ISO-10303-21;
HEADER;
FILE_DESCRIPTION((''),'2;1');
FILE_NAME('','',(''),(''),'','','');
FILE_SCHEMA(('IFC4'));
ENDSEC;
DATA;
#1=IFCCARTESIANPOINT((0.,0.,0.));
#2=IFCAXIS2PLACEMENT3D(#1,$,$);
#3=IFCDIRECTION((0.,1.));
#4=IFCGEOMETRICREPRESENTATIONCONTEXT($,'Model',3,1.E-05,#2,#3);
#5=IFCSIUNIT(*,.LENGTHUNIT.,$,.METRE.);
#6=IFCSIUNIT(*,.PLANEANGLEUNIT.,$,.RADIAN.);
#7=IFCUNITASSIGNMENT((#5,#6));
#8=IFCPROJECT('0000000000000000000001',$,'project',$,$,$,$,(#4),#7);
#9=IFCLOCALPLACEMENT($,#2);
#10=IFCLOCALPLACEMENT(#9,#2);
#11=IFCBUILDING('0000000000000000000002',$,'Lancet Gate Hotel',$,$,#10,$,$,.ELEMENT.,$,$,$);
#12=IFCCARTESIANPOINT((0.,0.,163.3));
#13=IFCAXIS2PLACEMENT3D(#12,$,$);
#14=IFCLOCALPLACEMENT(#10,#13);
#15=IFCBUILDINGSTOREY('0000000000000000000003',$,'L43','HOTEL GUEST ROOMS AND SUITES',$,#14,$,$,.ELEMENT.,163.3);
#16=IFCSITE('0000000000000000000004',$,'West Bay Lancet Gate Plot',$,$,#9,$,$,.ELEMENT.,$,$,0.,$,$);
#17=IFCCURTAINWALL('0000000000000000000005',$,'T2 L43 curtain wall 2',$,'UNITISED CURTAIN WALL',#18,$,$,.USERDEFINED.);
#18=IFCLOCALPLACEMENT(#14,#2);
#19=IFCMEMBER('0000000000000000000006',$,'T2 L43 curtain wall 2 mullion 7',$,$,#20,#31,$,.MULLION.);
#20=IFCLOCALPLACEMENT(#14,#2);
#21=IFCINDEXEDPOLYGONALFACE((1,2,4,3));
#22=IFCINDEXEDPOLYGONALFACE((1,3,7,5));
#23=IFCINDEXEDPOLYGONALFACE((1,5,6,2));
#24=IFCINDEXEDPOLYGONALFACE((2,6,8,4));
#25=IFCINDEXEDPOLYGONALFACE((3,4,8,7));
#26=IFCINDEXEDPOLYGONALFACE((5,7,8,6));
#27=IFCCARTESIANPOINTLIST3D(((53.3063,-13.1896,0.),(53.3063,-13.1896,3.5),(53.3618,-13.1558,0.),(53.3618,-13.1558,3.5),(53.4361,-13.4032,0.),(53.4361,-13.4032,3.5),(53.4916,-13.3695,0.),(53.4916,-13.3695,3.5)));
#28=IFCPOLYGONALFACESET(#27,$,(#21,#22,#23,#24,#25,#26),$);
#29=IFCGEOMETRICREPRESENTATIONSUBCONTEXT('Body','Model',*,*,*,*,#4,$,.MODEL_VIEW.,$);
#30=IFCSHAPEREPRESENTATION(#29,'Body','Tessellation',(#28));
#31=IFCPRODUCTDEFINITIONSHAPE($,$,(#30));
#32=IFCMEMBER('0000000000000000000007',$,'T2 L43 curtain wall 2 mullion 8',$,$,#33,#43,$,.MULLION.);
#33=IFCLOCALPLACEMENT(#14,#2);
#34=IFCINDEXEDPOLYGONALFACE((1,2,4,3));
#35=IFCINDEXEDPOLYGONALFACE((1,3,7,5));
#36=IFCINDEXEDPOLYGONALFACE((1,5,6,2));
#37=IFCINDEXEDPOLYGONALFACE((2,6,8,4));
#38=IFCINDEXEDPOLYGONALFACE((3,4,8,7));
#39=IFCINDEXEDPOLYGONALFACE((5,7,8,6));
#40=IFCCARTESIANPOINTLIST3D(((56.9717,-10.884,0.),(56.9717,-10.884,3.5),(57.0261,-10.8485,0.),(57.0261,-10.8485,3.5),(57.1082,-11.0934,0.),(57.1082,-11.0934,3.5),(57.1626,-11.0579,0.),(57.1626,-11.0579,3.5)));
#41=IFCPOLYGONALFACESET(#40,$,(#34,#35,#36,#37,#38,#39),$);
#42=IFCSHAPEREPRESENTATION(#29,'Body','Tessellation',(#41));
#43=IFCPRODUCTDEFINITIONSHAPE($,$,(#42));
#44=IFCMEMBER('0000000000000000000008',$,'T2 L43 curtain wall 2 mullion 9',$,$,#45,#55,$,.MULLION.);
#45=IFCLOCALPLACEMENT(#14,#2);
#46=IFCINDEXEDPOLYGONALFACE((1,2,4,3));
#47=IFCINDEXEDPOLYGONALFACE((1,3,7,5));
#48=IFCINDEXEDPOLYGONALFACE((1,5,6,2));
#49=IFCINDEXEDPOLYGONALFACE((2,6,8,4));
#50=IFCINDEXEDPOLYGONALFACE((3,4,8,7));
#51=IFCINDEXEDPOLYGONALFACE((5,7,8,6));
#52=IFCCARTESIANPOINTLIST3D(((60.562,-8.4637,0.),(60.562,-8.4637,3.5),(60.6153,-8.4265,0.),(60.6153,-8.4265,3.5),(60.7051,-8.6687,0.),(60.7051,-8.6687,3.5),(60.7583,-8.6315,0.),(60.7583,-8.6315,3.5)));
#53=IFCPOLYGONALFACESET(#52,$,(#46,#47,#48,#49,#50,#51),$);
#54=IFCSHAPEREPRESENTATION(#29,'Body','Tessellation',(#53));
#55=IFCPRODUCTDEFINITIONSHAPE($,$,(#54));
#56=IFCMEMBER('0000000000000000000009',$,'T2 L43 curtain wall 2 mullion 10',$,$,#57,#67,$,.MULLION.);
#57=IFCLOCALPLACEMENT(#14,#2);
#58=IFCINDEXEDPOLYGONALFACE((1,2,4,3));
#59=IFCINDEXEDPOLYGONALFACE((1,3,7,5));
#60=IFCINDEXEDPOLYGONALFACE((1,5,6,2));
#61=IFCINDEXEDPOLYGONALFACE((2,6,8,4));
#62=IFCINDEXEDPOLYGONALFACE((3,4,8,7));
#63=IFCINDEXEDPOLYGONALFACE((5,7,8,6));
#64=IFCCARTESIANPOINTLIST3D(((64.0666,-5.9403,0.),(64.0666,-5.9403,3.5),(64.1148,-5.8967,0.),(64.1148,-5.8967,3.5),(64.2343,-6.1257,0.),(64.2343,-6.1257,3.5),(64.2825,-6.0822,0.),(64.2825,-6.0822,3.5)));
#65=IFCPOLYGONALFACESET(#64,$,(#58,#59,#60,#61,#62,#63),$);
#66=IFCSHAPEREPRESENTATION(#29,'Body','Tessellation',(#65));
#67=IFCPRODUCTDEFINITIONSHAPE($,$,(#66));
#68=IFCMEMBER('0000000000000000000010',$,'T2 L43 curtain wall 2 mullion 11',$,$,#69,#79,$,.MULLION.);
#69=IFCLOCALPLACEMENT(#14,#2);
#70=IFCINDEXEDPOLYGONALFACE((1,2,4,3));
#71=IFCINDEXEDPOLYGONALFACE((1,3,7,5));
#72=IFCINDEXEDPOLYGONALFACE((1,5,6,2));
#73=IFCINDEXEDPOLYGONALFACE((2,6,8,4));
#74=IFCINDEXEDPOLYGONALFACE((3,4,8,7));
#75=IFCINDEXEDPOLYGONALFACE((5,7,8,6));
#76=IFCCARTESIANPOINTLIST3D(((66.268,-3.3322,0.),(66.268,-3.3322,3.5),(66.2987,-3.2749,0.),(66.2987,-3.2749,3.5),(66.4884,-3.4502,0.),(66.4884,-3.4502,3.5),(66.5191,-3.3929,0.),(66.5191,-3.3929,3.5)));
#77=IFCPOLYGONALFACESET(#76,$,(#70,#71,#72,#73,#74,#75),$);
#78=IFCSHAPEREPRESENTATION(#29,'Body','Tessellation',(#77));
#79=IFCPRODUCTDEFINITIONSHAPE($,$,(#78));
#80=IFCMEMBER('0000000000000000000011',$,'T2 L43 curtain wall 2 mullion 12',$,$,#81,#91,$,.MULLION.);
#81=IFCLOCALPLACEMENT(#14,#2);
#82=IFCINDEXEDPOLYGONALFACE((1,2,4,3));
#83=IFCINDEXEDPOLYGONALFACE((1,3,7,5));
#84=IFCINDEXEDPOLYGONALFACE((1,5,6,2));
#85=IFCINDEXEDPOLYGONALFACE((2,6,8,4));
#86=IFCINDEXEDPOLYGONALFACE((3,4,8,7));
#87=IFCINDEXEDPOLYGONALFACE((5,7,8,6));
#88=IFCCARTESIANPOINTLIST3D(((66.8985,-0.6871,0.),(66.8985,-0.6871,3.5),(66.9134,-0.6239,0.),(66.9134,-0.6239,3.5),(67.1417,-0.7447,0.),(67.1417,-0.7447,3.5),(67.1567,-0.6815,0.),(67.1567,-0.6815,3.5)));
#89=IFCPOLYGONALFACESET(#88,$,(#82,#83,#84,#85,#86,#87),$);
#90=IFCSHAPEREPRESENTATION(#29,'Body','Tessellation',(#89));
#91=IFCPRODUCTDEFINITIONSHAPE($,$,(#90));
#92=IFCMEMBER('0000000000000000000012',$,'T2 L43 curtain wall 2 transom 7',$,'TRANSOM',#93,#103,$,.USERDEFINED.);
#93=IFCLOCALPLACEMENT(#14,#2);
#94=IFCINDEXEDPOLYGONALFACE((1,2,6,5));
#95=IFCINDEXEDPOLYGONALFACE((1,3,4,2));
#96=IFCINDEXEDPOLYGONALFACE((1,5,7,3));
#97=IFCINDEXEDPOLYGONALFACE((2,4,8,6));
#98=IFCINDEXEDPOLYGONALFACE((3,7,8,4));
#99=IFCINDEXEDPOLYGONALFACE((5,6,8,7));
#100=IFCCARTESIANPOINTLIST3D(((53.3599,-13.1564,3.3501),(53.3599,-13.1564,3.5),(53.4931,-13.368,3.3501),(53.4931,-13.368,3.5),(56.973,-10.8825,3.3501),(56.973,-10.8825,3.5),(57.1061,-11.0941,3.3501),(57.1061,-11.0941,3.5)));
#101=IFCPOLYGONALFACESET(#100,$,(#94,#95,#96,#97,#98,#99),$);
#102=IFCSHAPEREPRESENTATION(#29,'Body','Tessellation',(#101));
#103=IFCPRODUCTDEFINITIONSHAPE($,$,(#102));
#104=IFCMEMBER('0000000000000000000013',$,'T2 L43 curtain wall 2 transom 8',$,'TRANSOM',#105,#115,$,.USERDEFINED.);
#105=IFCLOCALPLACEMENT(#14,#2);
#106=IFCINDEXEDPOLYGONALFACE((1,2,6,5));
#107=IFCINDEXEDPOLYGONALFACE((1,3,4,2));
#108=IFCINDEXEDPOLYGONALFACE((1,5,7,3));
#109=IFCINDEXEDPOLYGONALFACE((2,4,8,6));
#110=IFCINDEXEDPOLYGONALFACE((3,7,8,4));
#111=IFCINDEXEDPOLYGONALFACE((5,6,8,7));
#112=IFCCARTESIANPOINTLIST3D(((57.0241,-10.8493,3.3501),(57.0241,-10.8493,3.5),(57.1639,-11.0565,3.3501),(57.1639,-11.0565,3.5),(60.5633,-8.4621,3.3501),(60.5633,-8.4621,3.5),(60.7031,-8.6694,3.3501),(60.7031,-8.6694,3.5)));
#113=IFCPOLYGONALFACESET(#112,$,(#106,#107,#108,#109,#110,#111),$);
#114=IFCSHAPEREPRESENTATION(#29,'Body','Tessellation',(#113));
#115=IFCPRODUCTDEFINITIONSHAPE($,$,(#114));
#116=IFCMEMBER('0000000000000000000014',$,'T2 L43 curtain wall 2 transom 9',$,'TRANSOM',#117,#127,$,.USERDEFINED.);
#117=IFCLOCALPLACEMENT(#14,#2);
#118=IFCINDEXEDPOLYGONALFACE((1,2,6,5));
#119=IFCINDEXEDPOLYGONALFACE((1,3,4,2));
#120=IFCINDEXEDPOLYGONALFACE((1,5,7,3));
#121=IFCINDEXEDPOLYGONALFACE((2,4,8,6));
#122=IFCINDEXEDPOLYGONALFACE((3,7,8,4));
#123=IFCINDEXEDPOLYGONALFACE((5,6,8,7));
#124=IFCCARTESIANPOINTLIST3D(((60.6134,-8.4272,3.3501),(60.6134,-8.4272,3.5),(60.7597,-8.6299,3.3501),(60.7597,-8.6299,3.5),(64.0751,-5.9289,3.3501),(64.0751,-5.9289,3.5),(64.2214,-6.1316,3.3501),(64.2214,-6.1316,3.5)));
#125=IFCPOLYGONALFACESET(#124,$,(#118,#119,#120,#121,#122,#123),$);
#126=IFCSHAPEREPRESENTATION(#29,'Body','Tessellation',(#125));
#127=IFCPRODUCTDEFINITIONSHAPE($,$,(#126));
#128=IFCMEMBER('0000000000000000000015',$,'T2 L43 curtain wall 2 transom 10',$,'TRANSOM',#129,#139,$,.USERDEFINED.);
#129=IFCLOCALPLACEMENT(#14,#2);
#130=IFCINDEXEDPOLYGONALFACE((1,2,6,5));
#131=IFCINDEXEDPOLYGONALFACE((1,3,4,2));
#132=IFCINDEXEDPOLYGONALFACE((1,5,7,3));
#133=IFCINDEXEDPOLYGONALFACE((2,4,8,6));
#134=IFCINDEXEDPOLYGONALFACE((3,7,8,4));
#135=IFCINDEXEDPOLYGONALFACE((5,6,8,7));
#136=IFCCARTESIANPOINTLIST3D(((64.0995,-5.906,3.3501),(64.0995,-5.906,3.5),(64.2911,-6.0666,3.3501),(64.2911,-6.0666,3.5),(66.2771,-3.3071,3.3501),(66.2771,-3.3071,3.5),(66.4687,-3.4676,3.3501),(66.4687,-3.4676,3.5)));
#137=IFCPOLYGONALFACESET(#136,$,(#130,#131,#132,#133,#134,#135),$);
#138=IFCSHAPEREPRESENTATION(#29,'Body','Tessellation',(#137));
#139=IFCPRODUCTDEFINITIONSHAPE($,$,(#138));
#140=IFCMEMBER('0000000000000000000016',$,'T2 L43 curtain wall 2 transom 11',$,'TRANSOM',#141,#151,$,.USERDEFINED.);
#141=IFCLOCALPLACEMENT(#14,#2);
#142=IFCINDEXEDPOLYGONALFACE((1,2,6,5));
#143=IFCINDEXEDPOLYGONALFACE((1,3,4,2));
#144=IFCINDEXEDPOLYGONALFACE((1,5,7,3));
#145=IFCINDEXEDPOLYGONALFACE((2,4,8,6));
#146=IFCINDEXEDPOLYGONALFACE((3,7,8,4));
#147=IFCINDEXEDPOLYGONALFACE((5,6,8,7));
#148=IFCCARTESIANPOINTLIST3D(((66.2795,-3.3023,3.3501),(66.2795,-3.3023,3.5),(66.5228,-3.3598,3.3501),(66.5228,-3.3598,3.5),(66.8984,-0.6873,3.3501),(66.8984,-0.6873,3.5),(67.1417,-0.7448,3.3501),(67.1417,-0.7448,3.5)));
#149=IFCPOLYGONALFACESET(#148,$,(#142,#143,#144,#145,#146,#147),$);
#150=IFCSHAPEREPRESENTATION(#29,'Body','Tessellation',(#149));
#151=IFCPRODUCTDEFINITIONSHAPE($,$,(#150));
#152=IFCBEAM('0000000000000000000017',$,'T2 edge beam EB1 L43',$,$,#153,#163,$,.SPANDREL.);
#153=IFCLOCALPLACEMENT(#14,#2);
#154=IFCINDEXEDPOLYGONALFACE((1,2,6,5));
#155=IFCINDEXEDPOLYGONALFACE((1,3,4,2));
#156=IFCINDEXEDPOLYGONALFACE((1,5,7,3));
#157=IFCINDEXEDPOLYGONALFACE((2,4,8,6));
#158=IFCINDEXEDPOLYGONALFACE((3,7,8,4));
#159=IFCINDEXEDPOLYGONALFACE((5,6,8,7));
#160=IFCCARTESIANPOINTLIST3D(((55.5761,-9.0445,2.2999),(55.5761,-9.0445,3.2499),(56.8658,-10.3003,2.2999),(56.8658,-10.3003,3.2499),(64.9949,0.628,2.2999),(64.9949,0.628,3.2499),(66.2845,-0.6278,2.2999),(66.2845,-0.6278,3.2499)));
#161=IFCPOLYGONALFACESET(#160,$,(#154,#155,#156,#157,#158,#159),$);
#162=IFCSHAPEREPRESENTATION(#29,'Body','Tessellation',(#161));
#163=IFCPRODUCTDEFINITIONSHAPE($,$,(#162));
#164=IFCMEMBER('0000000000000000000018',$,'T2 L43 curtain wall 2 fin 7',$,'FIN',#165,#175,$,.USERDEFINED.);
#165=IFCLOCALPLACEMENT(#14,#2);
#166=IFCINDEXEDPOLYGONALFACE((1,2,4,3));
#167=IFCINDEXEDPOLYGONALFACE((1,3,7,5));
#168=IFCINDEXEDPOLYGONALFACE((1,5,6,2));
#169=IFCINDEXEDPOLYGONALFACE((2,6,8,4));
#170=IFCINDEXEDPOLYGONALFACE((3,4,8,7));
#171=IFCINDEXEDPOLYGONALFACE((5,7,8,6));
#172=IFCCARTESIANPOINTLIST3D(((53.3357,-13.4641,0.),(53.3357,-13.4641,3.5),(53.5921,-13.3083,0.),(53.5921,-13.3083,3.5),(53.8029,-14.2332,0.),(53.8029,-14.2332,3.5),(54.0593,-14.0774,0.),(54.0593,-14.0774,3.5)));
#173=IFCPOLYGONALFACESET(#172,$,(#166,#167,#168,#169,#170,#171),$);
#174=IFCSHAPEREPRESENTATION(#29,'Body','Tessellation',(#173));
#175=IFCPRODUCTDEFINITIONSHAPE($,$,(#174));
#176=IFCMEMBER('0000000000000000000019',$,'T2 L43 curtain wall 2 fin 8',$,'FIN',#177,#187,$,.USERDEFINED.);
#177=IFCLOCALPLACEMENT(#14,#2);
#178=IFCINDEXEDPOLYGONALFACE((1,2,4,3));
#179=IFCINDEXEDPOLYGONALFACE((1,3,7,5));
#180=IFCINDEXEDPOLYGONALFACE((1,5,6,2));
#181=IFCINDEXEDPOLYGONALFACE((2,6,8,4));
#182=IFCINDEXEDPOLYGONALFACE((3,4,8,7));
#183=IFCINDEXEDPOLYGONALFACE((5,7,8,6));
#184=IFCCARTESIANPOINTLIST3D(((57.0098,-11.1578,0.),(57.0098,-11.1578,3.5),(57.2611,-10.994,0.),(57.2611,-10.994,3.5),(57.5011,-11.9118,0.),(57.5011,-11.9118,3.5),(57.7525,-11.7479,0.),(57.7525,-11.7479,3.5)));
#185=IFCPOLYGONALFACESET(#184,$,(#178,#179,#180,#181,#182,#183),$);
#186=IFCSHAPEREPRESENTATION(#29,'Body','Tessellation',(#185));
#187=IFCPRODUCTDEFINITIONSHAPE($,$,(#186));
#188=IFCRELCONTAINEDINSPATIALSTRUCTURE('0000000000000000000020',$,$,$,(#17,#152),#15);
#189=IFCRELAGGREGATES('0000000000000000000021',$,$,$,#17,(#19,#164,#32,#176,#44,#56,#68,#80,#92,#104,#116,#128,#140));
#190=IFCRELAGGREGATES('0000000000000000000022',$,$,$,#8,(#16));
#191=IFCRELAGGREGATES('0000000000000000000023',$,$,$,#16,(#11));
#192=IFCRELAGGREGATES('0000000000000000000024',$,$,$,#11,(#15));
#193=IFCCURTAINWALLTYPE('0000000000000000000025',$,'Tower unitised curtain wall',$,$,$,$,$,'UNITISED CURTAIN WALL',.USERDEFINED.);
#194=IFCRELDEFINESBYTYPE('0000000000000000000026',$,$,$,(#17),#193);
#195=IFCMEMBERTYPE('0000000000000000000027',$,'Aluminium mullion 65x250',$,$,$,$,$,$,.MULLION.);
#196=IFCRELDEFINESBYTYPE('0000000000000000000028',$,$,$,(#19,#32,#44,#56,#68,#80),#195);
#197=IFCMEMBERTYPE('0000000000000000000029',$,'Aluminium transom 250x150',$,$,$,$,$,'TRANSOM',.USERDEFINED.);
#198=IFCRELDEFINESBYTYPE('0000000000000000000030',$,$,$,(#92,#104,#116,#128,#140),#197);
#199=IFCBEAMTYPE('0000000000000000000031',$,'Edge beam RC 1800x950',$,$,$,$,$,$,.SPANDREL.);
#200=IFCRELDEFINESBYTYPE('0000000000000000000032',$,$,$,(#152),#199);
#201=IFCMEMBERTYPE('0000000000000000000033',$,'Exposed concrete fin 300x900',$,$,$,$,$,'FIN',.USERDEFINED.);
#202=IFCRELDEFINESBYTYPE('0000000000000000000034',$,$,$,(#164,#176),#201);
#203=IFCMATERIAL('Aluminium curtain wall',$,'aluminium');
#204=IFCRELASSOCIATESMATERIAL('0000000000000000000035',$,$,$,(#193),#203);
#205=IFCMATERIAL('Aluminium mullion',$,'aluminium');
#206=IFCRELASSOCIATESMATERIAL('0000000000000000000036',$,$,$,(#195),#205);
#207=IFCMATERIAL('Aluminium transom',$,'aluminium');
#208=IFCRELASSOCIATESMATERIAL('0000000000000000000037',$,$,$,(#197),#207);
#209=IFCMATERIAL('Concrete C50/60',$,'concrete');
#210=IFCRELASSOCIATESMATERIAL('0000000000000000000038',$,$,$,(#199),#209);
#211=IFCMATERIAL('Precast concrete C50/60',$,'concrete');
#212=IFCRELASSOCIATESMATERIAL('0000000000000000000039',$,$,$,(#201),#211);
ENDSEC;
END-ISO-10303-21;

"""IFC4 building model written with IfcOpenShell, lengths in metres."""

from ifc_helpers import new_model, si_unit, direction, frame, origin, origin_2d, place, context, subcontext, project, spatial, rectangle, extrude, material, material_profile, profile_set, type_object, element, aggregate, save


model = new_model("IFC4")

# Units and contexts
model_context = context("Model", 3, precision=1e-05, world=origin(), true_north=direction((0.0, 1.0)))
body_context = subcontext(model_context, "Body", "Model", "MODEL_VIEW")
ifc_project = project(units=[si_unit("LENGTHUNIT", "METRE"), si_unit("PLANEANGLEUNIT", "RADIAN")], contexts=[model_context])

# Site, building, storey
site_placement = place(None, origin())
site = spatial("IfcSite", under=ifc_project, at=site_placement, Name="West Bay Lancet Gate Plot", CompositionType="ELEMENT", RefElevation=0.0)
building_placement = place(site_placement, origin())
building = spatial("IfcBuilding", under=site, at=building_placement, Name="Lancet Gate Hotel", CompositionType="ELEMENT")
storey_placement = place(building_placement, frame((0.0, 0.0, 163.3)))
storey = spatial("IfcBuildingStorey", under=building, at=storey_placement, Name="L43", Description="HOTEL GUEST ROOMS AND SUITES", CompositionType="ELEMENT", Elevation=163.3)

# Curtain wall, members
ifc_material_1 = material(Name="Aluminium curtain wall", Category="aluminium")
curtain_wall_type = type_object("IfcCurtainWallType", Name="Tower unitised curtain wall", ElementType="UNITISED CURTAIN WALL", PredefinedType="USERDEFINED", material=ifc_material_1)
curtain_wall_placement = place(storey_placement, origin())
curtain_wall = element("IfcCurtainWall", 1, at=curtain_wall_placement, inside=storey, type_object=curtain_wall_type, Name="T2 L43 curtain wall 2", ObjectType="UNITISED CURTAIN WALL", PredefinedType="USERDEFINED")
ifc_material_2 = material(Name="Aluminium mullion", Category="aluminium")
ifc_material_profile_1 = material_profile(ifc_material_2, rectangle(XDim=0.0649, YDim=0.25, at=origin_2d()), Name="MULLION 65x250")
ifc_profile_set_1 = profile_set([ifc_material_profile_1], Name="Aluminium mullion")
member_type_1 = type_object("IfcMemberType", Name="Aluminium mullion 65x250", PredefinedType="MULLION", material=ifc_profile_set_1)
member_1_placement = place(storey_placement, frame((53.3989, -13.2795, 0.0), z_axis=(0.0, 0.0, 1.0), x_axis=(0.854691, 0.519137, 0.0)))
member_1 = element("IfcMember", 2, at=member_1_placement, type_object=member_type_1, Name="T2 L43 curtain wall 2 mullion 7", PredefinedType="MULLION", context=body_context, shape_type="SweptSolid", body=[
    extrude(rectangle(XDim=0.0649, YDim=0.25, at=origin_2d()), origin(), (0.0, 0.0, 1.0), 3.5),
])
member_2_placement = place(storey_placement, frame((57.0671, -10.9709, 0.0), z_axis=(0.0, 0.0, 1.0), x_axis=(0.837801, 0.545976, 0.0)))
member_2 = element("IfcMember", 3, at=member_2_placement, type_object=member_type_1, Name="T2 L43 curtain wall 2 mullion 8", PredefinedType="MULLION", context=body_context, shape_type="SweptSolid", body=[
    extrude(rectangle(XDim=0.0649, YDim=0.25, at=origin_2d()), origin(), (0.0, 0.0, 1.0), 3.5),
])
member_3_placement = place(storey_placement, frame((60.6602, -8.5476, 0.0), z_axis=(0.0, 0.0, 1.0), x_axis=(0.820068, 0.572266, 0.0)))
member_3 = element("IfcMember", 4, at=member_3_placement, type_object=member_type_1, Name="T2 L43 curtain wall 2 mullion 9", PredefinedType="MULLION", context=body_context, shape_type="SweptSolid", body=[
    extrude(rectangle(XDim=0.0649, YDim=0.25, at=origin_2d()), origin(), (0.0, 0.0, 1.0), 3.5),
])
member_4_placement = place(storey_placement, frame((64.1746, -6.0112, 0.0), z_axis=(0.0, 0.0, 1.0), x_axis=(0.741693, 0.670739, 0.0)))
member_4 = element("IfcMember", 5, at=member_4_placement, type_object=member_type_1, Name="T2 L43 curtain wall 2 mullion 10", PredefinedType="MULLION", context=body_context, shape_type="SweptSolid", body=[
    extrude(rectangle(XDim=0.0649, YDim=0.25, at=origin_2d()), origin(), (0.0, 0.0, 1.0), 3.5),
])
member_5_placement = place(storey_placement, frame((66.3936, -3.3625, 0.0), z_axis=(0.0, 0.0, 1.0), x_axis=(0.472146, 0.88152, 0.0)))
member_5 = element("IfcMember", 6, at=member_5_placement, type_object=member_type_1, Name="T2 L43 curtain wall 2 mullion 11", PredefinedType="MULLION", context=body_context, shape_type="SweptSolid", body=[
    extrude(rectangle(XDim=0.0649, YDim=0.25, at=origin_2d()), origin(), (0.0, 0.0, 1.0), 3.5),
])
member_6_placement = place(storey_placement, frame((67.0276, -0.6843, 0.0), z_axis=(0.0, 0.0, 1.0), x_axis=(0.230367, 0.973104, 0.0)))
member_6 = element("IfcMember", 7, at=member_6_placement, type_object=member_type_1, Name="T2 L43 curtain wall 2 mullion 12", PredefinedType="MULLION", context=body_context, shape_type="SweptSolid", body=[
    extrude(rectangle(XDim=0.0649, YDim=0.25, at=origin_2d()), origin(), (0.0, 0.0, 1.0), 3.5),
])
ifc_material_3 = material(Name="Aluminium transom", Category="aluminium")
ifc_material_profile_2 = material_profile(ifc_material_3, rectangle(XDim=0.25, YDim=0.1499, at=origin_2d()), Name="TRANSOM 250x150")
ifc_profile_set_2 = profile_set([ifc_material_profile_2], Name="Aluminium transom")
member_type_2 = type_object("IfcMemberType", Name="Aluminium transom 250x150", ElementType="TRANSOM", PredefinedType="USERDEFINED", material=ifc_profile_set_2)
member_7_placement = place(storey_placement, frame((53.4265, -13.2622, 3.425), z_axis=(0.846333, 0.532654, 0.0), x_axis=(-0.532654, 0.846333, 0.0)))
member_7 = element("IfcMember", 8, at=member_7_placement, type_object=member_type_2, Name="T2 L43 curtain wall 2 transom 7", ObjectType="TRANSOM", PredefinedType="USERDEFINED", context=body_context, shape_type="SweptSolid", body=[
    extrude(rectangle(XDim=0.25, YDim=0.1499, at=origin_2d()), origin(), (0.0, 0.0, 1.0), 4.269),
])
member_8_placement = place(storey_placement, frame((57.094, -10.9529, 3.425), z_axis=(0.829047, 0.559179, 0.0), x_axis=(-0.559179, 0.829047, 0.0)))
member_8 = element("IfcMember", 9, at=member_8_placement, type_object=member_type_2, Name="T2 L43 curtain wall 2 transom 8", ObjectType="TRANSOM", PredefinedType="USERDEFINED", context=body_context, shape_type="SweptSolid", body=[
    extrude(rectangle(XDim=0.25, YDim=0.1499, at=origin_2d()), origin(), (0.0, 0.0, 1.0), 4.269),
])
member_9_placement = place(storey_placement, frame((60.6865, -8.5286, 3.425), z_axis=(0.81088, 0.585213, 0.0), x_axis=(-0.585213, 0.81088, 0.0)))
member_9 = element("IfcMember", 10, at=member_9_placement, type_object=member_type_2, Name="T2 L43 curtain wall 2 transom 9", ObjectType="TRANSOM", PredefinedType="USERDEFINED", context=body_context, shape_type="SweptSolid", body=[
    extrude(rectangle(XDim=0.25, YDim=0.1499, at=origin_2d()), origin(), (0.0, 0.0, 1.0), 4.269),
])
member_10_placement = place(storey_placement, frame((64.1953, -5.9863, 3.425), z_axis=(0.642229, 0.766513, 0.0), x_axis=(-0.766513, 0.642229, 0.0)))
member_10 = element("IfcMember", 11, at=member_10_placement, type_object=member_type_2, Name="T2 L43 curtain wall 2 transom 10", ObjectType="TRANSOM", PredefinedType="USERDEFINED", context=body_context, shape_type="SweptSolid", body=[
    extrude(rectangle(XDim=0.25, YDim=0.1499, at=origin_2d()), origin(), (0.0, 0.0, 1.0), 3.3906),
])
member_11_placement = place(storey_placement, frame((66.4011, -3.3311, 3.425), z_axis=(0.23031, 0.973117, 0.0), x_axis=(-0.973117, 0.23031, 0.0)))
member_11 = element("IfcMember", 12, at=member_11_placement, type_object=member_type_2, Name="T2 L43 curtain wall 2 transom 11", ObjectType="TRANSOM", PredefinedType="USERDEFINED", context=body_context, shape_type="SweptSolid", body=[
    extrude(rectangle(XDim=0.25, YDim=0.1499, at=origin_2d()), origin(), (0.0, 0.0, 1.0), 2.6873),
])

# Beam
ifc_material_4 = material(Name="Concrete C50/60", Category="concrete")
ifc_material_profile_3 = material_profile(ifc_material_4, rectangle(XDim=1.8, YDim=0.95, at=origin_2d()), Name="RC 1800x950")
ifc_profile_set_3 = profile_set([ifc_material_profile_3], Name="Concrete C50/60")
beam_type_1 = type_object("IfcBeamType", Name="Edge beam RC 1800x950", PredefinedType="SPANDREL", material=ifc_profile_set_3)
beam_1_placement = place(storey_placement, frame((56.2209, -9.6724, 2.7749), z_axis=(0.69765, 0.716439, 0.0), x_axis=(-0.716439, 0.69765, 0.0)))
element("IfcBeam", 13, at=beam_1_placement, inside=storey, type_object=beam_type_1, Name="T2 edge beam EB1 L43", PredefinedType="SPANDREL", context=body_context, shape_type="SweptSolid", body=[
    extrude(rectangle(XDim=1.8, YDim=0.95, at=origin_2d()), origin(), (0.0, 0.0, 1.0), 13.5007),
])

# Members
ifc_material_5 = material(Name="Precast concrete C50/60", Category="concrete")
ifc_material_profile_4 = material_profile(ifc_material_5, rectangle(XDim=0.3, YDim=0.8999, at=origin_2d()), Name="FIN 300x900")
ifc_profile_set_4 = profile_set([ifc_material_profile_4], Name="Precast concrete C50/60")
member_type_3 = type_object("IfcMemberType", Name="Exposed concrete fin 300x900", ElementType="FIN", PredefinedType="USERDEFINED", material=ifc_profile_set_4)
member_12_placement = place(storey_placement, frame((53.6975, -13.7708, 0.0), z_axis=(0.0, 0.0, 1.0), x_axis=(0.854691, 0.519137, 0.0)))
member_12 = element("IfcMember", 14, at=member_12_placement, type_object=member_type_3, Name="T2 L43 curtain wall 2 fin 7", ObjectType="FIN", PredefinedType="USERDEFINED", context=body_context, shape_type="SweptSolid", body=[
    extrude(rectangle(XDim=0.3, YDim=0.8999, at=origin_2d()), origin(), (0.0, 0.0, 1.0), 3.5),
])
member_13_placement = place(storey_placement, frame((57.3811, -11.4529, 0.0), z_axis=(0.0, 0.0, 1.0), x_axis=(0.837801, 0.545976, 0.0)))
member_13 = element("IfcMember", 15, at=member_13_placement, type_object=member_type_3, Name="T2 L43 curtain wall 2 fin 8", ObjectType="FIN", PredefinedType="USERDEFINED", context=body_context, shape_type="SweptSolid", body=[
    extrude(rectangle(XDim=0.3, YDim=0.8999, at=origin_2d()), origin(), (0.0, 0.0, 1.0), 3.5),
])

aggregate(curtain_wall, [member_1, member_12, member_2, member_13, member_3, member_4, member_5, member_6, member_7, member_8, member_9, member_10, member_11])

save(model, "model.ifc")
